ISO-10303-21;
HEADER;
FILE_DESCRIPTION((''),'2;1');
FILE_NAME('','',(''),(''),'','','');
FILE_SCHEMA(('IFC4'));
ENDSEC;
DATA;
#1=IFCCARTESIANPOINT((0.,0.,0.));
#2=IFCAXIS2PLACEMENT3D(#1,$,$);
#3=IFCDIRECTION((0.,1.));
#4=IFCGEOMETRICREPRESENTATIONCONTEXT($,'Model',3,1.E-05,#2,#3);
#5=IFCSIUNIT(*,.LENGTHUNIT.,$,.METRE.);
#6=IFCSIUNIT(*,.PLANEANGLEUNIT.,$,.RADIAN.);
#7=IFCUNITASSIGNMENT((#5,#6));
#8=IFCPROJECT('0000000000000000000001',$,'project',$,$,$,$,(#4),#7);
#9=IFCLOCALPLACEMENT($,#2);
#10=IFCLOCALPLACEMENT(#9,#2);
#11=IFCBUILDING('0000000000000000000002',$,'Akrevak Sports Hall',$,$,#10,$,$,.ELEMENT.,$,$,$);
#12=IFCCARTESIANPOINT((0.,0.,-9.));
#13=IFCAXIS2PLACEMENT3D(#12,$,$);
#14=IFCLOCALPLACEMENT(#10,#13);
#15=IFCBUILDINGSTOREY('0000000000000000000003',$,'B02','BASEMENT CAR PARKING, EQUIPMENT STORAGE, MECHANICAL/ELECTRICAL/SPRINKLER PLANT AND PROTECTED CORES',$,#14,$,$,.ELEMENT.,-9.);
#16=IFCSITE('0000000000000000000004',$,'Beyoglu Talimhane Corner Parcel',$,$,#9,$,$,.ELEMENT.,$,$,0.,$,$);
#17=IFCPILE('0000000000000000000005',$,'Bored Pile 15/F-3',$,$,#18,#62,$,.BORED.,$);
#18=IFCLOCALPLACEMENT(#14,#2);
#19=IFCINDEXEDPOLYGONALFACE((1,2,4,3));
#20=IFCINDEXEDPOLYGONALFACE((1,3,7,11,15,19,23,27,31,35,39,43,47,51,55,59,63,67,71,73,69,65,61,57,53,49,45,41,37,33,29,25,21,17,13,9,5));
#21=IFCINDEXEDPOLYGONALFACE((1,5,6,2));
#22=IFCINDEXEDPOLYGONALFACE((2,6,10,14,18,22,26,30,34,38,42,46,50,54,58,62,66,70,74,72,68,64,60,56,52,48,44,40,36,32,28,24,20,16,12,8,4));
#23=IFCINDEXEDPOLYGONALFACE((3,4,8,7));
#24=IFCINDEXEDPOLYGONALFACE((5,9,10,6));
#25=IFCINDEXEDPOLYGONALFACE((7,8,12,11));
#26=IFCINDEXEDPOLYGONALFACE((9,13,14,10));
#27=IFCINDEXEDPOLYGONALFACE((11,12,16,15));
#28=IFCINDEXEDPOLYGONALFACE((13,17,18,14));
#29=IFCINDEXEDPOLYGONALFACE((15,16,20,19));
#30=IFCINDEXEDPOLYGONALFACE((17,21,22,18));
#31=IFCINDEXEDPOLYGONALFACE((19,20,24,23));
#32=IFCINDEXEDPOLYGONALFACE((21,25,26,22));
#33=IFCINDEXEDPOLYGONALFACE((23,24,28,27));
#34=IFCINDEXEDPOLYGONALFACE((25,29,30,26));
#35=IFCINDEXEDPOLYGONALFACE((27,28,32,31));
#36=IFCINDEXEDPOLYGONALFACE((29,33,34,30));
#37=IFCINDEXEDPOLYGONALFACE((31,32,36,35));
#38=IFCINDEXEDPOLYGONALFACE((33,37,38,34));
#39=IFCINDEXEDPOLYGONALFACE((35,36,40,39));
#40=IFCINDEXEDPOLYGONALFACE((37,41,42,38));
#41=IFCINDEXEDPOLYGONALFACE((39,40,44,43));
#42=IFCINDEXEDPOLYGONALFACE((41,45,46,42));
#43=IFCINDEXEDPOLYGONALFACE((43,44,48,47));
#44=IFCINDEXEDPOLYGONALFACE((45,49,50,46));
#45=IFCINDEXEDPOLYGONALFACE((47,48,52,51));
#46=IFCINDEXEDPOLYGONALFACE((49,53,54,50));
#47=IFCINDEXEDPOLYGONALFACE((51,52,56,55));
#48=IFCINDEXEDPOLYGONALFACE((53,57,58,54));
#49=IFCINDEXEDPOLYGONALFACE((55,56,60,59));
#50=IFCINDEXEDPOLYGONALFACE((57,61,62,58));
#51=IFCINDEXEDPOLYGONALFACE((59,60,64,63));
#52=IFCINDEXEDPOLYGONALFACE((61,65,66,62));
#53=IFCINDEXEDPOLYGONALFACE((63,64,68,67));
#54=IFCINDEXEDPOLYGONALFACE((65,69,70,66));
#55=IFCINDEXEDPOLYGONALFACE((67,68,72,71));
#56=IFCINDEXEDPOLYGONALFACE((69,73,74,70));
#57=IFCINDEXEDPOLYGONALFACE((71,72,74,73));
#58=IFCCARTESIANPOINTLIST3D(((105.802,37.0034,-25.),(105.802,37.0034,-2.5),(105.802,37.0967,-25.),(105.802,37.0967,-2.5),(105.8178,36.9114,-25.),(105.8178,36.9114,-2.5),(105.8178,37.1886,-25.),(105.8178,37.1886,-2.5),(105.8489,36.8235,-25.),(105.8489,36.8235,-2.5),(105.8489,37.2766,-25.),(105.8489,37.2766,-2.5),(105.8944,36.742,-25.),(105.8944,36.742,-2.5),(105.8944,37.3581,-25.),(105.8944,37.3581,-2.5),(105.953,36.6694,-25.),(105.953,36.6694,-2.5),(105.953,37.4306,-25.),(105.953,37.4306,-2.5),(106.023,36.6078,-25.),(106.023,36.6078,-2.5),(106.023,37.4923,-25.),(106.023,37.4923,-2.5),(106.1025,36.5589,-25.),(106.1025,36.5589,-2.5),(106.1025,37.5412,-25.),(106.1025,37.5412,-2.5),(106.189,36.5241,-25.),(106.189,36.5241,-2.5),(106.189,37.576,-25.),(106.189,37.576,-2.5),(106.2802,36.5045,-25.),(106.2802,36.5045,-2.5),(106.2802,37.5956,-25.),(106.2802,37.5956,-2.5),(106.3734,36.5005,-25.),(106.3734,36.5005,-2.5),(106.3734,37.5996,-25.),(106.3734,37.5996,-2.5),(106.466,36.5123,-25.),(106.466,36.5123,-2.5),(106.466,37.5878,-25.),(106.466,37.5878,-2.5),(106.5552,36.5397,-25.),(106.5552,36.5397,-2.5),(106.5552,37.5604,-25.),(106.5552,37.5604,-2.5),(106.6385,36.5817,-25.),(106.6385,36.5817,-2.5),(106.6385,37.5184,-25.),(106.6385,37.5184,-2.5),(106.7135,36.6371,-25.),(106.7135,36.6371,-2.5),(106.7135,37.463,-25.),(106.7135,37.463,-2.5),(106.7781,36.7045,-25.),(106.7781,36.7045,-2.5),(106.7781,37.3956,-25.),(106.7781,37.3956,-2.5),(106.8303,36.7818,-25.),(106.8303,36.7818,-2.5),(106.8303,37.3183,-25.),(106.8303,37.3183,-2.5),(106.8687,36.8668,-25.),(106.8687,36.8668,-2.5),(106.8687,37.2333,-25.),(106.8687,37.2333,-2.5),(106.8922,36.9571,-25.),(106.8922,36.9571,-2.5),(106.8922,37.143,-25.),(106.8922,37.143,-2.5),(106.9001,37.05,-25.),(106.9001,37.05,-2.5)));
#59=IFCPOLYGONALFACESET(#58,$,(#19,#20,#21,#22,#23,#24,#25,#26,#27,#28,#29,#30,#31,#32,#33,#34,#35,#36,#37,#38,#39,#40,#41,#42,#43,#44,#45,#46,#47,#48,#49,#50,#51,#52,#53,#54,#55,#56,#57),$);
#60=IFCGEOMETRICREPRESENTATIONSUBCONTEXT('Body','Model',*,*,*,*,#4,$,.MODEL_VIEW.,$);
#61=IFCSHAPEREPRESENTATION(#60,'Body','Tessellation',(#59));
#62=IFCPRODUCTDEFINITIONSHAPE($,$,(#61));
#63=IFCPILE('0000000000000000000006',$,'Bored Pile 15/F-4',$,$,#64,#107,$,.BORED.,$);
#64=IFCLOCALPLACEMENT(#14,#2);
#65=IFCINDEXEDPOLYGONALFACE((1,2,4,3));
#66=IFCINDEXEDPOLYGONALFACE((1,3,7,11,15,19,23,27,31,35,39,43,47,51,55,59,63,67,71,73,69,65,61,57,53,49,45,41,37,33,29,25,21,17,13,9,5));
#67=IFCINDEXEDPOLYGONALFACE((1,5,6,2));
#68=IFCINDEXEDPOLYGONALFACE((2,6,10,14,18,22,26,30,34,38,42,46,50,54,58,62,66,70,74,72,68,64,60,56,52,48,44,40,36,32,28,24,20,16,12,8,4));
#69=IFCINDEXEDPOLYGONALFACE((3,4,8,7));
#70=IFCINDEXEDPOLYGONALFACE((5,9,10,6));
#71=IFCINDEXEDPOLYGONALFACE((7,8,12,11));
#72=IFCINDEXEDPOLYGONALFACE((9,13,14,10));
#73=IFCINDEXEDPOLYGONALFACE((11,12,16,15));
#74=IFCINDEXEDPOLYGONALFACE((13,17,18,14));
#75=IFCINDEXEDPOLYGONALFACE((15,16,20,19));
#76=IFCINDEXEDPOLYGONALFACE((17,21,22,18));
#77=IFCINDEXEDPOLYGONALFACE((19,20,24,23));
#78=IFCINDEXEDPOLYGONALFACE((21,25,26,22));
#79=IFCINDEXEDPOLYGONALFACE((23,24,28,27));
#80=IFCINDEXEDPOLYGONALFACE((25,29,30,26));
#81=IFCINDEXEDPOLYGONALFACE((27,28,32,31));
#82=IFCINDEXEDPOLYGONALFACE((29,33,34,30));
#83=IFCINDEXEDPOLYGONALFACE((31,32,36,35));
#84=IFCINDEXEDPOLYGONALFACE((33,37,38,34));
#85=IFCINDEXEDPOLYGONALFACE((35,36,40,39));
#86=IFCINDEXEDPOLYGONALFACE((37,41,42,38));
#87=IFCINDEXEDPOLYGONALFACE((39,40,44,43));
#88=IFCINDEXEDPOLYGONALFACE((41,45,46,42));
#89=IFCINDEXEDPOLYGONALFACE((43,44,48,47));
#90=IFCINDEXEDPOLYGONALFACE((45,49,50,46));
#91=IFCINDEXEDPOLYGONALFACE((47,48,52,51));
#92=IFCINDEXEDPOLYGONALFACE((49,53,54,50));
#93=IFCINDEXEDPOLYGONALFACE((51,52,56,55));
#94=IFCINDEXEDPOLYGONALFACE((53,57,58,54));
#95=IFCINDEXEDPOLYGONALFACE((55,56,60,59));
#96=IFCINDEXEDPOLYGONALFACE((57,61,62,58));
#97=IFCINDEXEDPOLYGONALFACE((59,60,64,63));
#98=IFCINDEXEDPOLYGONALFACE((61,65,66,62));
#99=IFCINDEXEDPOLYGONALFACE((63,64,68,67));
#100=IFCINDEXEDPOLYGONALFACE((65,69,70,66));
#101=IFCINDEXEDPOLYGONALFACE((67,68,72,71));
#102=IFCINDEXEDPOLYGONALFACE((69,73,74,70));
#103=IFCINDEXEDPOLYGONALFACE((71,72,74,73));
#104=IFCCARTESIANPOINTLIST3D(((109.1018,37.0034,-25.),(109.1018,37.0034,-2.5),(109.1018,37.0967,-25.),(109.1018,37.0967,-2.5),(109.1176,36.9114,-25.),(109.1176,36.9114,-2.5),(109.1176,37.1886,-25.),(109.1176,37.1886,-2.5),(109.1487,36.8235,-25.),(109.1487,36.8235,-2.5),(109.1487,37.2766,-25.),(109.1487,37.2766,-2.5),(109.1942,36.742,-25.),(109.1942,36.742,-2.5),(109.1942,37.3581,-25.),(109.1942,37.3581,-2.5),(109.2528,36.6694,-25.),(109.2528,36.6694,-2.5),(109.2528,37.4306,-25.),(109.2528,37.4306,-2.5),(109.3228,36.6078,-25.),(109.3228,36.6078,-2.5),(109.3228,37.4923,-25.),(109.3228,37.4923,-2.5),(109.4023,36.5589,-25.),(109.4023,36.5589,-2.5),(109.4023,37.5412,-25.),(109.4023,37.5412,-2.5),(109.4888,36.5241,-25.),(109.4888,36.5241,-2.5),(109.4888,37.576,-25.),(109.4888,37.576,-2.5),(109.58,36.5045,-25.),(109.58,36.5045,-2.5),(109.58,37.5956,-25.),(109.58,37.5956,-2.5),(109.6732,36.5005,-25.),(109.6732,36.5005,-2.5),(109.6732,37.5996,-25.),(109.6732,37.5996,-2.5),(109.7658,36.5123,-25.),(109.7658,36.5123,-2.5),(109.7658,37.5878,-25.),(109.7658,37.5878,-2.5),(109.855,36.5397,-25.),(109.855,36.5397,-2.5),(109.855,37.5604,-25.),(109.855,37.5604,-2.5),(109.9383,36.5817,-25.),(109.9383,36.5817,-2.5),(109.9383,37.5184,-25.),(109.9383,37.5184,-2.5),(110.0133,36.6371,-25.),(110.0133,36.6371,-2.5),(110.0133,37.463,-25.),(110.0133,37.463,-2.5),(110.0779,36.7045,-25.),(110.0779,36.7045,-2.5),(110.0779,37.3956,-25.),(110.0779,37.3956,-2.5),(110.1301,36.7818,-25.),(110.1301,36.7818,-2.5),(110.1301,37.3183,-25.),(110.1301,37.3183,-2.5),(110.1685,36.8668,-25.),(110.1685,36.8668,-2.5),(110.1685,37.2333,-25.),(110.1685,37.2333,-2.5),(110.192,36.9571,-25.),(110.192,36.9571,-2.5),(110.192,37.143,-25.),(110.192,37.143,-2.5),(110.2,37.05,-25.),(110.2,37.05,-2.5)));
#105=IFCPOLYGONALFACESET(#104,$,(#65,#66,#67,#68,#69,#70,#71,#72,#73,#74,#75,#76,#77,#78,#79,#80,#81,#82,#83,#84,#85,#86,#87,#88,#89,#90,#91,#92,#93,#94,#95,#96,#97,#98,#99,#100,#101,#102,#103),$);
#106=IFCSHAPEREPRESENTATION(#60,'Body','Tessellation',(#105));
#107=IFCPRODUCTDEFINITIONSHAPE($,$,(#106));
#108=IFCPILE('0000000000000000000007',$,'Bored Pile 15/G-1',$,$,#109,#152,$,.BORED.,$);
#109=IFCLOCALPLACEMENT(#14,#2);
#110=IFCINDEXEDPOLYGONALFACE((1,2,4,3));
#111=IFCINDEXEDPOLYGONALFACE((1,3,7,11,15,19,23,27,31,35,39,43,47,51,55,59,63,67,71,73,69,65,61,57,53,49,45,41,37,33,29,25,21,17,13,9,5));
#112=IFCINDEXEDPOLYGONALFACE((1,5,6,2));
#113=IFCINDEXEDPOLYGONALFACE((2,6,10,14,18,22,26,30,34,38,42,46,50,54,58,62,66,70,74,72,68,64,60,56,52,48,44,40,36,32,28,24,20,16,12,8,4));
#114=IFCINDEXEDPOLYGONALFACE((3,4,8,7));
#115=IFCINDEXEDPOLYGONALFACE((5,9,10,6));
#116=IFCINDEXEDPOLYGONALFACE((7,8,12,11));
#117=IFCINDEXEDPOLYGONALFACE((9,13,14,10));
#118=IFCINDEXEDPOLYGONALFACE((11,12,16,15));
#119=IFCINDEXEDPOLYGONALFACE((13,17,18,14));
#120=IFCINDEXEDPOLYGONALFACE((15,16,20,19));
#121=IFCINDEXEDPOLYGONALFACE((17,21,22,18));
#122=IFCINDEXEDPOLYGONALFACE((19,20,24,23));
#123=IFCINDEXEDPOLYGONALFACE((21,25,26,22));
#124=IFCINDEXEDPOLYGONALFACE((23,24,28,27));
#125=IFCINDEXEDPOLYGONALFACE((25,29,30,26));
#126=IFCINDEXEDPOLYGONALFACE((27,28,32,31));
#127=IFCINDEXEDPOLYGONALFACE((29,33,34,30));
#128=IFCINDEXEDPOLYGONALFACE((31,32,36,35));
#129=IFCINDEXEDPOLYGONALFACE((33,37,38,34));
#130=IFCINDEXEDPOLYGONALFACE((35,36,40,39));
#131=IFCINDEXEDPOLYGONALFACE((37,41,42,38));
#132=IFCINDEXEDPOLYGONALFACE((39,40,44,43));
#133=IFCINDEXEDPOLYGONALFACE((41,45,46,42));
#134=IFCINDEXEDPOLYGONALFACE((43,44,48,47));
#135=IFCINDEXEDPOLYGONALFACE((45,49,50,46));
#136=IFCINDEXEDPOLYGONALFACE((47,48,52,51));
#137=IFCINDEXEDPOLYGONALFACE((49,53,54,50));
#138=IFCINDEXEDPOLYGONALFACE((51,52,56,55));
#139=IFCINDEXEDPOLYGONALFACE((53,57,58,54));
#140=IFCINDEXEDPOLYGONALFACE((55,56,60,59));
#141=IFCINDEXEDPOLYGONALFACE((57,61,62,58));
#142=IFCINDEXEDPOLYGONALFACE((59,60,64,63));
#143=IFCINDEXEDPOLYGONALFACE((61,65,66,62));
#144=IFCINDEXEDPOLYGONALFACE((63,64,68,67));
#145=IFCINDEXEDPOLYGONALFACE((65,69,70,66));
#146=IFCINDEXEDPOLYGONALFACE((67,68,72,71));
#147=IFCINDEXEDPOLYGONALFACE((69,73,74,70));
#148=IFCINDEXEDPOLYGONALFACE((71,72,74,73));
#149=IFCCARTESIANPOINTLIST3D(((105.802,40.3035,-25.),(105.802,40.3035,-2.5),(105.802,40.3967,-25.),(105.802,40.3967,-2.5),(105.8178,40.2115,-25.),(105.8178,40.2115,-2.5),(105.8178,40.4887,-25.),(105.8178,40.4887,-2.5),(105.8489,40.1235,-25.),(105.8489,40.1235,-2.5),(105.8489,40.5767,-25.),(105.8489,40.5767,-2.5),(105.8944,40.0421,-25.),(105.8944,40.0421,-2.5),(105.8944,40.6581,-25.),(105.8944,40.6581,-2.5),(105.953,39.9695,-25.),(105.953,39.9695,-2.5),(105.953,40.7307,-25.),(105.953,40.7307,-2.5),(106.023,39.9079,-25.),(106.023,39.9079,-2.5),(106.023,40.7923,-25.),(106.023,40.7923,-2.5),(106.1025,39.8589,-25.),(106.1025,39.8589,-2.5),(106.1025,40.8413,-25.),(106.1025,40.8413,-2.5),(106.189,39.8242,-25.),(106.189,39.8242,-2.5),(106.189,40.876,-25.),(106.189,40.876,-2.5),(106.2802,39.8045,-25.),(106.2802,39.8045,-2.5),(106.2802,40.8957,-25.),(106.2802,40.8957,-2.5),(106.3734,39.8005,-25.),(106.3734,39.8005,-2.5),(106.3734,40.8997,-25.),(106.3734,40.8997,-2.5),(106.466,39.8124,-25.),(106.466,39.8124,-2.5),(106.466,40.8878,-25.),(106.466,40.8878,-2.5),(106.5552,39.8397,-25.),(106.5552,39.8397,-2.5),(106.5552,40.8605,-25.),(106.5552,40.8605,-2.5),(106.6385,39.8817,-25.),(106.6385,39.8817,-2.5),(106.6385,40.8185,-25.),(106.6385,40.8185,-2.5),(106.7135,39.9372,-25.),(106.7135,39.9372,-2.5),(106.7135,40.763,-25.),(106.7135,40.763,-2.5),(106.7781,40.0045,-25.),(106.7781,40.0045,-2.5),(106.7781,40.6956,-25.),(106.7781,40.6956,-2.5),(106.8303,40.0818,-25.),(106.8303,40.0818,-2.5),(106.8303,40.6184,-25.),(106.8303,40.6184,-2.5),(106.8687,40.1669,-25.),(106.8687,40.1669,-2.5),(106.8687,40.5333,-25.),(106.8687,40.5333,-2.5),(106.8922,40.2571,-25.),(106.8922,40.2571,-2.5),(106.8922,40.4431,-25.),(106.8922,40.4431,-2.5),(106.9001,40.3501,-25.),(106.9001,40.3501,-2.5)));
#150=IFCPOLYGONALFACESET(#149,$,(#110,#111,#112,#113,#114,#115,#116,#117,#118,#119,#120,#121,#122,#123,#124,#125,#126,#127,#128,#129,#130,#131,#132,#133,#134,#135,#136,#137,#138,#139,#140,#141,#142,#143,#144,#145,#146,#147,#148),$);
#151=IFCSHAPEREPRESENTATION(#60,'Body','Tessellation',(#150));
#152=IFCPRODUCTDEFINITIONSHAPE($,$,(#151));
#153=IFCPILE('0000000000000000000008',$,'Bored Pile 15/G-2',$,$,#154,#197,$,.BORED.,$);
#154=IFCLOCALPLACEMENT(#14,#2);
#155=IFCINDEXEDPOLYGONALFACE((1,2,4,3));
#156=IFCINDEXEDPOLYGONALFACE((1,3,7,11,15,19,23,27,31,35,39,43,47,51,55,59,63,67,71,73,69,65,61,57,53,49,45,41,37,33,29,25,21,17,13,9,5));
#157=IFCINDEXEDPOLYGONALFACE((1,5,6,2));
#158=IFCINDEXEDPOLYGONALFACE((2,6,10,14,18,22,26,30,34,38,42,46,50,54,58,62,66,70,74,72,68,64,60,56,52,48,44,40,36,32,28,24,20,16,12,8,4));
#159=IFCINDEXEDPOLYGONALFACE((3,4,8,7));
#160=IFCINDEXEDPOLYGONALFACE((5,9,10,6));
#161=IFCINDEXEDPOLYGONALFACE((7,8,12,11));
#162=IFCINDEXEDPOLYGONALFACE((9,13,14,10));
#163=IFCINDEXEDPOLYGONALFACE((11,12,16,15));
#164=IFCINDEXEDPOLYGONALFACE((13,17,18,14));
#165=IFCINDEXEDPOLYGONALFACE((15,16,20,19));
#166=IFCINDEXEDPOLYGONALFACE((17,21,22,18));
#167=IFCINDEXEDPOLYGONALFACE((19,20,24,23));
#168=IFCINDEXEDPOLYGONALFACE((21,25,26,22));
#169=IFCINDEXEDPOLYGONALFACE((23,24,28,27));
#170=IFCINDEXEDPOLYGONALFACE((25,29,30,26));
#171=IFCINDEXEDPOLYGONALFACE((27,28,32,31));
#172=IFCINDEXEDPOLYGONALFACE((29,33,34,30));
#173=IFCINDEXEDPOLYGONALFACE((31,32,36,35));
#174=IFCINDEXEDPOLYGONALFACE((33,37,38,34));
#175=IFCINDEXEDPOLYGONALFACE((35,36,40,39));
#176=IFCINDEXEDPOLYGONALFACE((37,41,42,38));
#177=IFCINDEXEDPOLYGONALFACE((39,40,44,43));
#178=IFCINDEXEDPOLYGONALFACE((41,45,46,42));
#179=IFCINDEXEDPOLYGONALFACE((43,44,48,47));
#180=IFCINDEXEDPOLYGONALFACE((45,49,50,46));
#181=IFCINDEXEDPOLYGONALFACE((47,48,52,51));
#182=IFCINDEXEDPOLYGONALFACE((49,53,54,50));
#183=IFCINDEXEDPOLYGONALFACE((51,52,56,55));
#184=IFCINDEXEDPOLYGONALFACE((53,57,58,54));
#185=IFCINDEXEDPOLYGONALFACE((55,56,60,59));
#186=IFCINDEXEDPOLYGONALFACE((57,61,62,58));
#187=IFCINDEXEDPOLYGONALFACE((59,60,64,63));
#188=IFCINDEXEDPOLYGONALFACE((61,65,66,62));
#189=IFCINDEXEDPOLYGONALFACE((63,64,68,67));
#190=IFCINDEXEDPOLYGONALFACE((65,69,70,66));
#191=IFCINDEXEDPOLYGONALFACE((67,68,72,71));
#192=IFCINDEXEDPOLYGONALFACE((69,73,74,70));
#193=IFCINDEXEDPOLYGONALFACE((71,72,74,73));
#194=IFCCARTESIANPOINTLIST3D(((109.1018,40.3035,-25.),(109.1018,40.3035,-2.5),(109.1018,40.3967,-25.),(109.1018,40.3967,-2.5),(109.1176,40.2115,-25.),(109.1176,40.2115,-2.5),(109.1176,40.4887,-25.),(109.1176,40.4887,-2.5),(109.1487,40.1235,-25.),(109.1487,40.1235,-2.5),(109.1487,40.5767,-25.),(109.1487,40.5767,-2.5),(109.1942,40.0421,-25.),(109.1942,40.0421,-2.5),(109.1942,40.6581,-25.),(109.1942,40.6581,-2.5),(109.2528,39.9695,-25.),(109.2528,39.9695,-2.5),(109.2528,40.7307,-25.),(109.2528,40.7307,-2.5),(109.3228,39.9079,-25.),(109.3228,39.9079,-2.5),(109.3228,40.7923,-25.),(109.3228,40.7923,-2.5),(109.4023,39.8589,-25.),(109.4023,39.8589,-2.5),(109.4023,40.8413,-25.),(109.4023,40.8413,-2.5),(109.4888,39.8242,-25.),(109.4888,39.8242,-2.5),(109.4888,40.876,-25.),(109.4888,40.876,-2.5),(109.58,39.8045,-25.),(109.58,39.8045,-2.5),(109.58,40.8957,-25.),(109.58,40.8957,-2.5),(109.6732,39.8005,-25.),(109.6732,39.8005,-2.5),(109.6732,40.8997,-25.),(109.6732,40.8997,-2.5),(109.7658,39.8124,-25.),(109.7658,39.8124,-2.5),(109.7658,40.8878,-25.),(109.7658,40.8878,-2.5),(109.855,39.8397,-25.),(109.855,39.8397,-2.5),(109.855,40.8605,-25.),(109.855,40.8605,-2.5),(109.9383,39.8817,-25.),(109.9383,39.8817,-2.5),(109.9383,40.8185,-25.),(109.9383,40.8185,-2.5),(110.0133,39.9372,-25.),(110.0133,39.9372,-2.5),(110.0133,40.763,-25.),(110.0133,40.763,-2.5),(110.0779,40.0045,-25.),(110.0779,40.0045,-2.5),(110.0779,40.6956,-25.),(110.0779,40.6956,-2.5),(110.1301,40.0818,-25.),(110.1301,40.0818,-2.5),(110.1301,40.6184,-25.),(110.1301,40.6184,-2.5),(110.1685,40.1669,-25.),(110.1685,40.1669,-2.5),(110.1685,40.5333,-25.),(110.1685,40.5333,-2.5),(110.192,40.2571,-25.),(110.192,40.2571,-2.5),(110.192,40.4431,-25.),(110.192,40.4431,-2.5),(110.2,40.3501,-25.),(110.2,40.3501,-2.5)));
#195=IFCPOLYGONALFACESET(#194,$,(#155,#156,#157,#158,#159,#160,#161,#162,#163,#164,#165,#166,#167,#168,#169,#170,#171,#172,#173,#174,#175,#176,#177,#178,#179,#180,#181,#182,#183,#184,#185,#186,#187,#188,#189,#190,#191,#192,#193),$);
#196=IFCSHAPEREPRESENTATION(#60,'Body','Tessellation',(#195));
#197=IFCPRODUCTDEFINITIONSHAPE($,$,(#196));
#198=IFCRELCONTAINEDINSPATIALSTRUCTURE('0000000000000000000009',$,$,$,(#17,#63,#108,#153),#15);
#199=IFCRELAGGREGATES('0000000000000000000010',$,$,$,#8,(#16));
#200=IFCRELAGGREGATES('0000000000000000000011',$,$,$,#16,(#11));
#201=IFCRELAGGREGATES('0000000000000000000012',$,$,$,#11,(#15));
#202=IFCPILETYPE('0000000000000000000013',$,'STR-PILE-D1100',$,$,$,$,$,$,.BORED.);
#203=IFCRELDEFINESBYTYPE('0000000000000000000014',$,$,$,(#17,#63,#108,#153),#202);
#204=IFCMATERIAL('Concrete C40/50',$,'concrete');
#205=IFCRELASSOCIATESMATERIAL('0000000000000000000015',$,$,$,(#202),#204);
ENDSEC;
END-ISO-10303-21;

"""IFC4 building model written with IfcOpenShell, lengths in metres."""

from ifc_helpers import new_model, si_unit, direction, frame, origin, origin_2d, place, context, subcontext, project, spatial, circle, extrude, material, material_profile, profile_set, type_object, element, save


model = new_model("IFC4")

# Units and contexts
model_context = context("Model", 3, precision=1e-05, world=origin(), true_north=direction((0.0, 1.0)))
body_context = subcontext(model_context, "Body", "Model", "MODEL_VIEW")
ifc_project = project(units=[si_unit("LENGTHUNIT", "METRE"), si_unit("PLANEANGLEUNIT", "RADIAN")], contexts=[model_context])

# Site, building, storey
site_placement = place(None, origin())
site = spatial("IfcSite", under=ifc_project, at=site_placement, Name="Beyoglu Talimhane Corner Parcel", CompositionType="ELEMENT", RefElevation=0.0)
building_placement = place(site_placement, origin())
building = spatial("IfcBuilding", under=site, at=building_placement, Name="Akrevak Sports Hall", CompositionType="ELEMENT")
storey_placement = place(building_placement, frame((0.0, 0.0, -9.0)))
storey = spatial("IfcBuildingStorey", under=building, at=storey_placement, Name="B02", Description="BASEMENT CAR PARKING, EQUIPMENT STORAGE, MECHANICAL/ELECTRICAL/SPRINKLER PLANT AND PROTECTED CORES", CompositionType="ELEMENT", Elevation=-9.0)

# Shared definitions
ifc_material_1 = material(Name="Concrete C40/50", Category="concrete")

# Piles
ifc_material_profile_1 = material_profile(ifc_material_1, circle(Radius=0.55, at=origin_2d()), Name="BORED PILE D1100", Category="concrete")
ifc_profile_set_1 = profile_set([ifc_material_profile_1], Name="Concrete C40/50")
pile_type = type_object("IfcPileType", Name="STR-PILE-D1100", PredefinedType="BORED", material=ifc_profile_set_1)
for number, where, z_axis, x_axis, name in (
    (1, (106.3501, 37.05, -2.5), (0.0, 0.0, -1.0), (1.0, 0.0, 0.0), "Bored Pile 15/F-3"),
    (2, (109.6499, 37.05, -2.5), (0.0, 0.0, -1.0), (1.0, 0.0, 0.0), "Bored Pile 15/F-4"),
    (3, (106.3501, 40.3501, -2.5), (0.0, 0.0, -1.0), (1.0, 0.0, 0.0), "Bored Pile 15/G-1"),
    (4, (109.6499, 40.3501, -2.5), (0.0, 0.0, -1.0), (1.0, 0.0, 0.0), "Bored Pile 15/G-2"),
):
    element("IfcPile", number, at=place(storey_placement, frame(where, z_axis=z_axis, x_axis=x_axis)), inside=storey, type_object=pile_type, Name=name, PredefinedType="BORED", context=body_context, shape_type="SweptSolid", body=[
        extrude(circle(Radius=0.55, at=origin_2d()), origin(), (0.0, 0.0, 1.0), 22.5),
    ])

save(model, "model.ifc")
